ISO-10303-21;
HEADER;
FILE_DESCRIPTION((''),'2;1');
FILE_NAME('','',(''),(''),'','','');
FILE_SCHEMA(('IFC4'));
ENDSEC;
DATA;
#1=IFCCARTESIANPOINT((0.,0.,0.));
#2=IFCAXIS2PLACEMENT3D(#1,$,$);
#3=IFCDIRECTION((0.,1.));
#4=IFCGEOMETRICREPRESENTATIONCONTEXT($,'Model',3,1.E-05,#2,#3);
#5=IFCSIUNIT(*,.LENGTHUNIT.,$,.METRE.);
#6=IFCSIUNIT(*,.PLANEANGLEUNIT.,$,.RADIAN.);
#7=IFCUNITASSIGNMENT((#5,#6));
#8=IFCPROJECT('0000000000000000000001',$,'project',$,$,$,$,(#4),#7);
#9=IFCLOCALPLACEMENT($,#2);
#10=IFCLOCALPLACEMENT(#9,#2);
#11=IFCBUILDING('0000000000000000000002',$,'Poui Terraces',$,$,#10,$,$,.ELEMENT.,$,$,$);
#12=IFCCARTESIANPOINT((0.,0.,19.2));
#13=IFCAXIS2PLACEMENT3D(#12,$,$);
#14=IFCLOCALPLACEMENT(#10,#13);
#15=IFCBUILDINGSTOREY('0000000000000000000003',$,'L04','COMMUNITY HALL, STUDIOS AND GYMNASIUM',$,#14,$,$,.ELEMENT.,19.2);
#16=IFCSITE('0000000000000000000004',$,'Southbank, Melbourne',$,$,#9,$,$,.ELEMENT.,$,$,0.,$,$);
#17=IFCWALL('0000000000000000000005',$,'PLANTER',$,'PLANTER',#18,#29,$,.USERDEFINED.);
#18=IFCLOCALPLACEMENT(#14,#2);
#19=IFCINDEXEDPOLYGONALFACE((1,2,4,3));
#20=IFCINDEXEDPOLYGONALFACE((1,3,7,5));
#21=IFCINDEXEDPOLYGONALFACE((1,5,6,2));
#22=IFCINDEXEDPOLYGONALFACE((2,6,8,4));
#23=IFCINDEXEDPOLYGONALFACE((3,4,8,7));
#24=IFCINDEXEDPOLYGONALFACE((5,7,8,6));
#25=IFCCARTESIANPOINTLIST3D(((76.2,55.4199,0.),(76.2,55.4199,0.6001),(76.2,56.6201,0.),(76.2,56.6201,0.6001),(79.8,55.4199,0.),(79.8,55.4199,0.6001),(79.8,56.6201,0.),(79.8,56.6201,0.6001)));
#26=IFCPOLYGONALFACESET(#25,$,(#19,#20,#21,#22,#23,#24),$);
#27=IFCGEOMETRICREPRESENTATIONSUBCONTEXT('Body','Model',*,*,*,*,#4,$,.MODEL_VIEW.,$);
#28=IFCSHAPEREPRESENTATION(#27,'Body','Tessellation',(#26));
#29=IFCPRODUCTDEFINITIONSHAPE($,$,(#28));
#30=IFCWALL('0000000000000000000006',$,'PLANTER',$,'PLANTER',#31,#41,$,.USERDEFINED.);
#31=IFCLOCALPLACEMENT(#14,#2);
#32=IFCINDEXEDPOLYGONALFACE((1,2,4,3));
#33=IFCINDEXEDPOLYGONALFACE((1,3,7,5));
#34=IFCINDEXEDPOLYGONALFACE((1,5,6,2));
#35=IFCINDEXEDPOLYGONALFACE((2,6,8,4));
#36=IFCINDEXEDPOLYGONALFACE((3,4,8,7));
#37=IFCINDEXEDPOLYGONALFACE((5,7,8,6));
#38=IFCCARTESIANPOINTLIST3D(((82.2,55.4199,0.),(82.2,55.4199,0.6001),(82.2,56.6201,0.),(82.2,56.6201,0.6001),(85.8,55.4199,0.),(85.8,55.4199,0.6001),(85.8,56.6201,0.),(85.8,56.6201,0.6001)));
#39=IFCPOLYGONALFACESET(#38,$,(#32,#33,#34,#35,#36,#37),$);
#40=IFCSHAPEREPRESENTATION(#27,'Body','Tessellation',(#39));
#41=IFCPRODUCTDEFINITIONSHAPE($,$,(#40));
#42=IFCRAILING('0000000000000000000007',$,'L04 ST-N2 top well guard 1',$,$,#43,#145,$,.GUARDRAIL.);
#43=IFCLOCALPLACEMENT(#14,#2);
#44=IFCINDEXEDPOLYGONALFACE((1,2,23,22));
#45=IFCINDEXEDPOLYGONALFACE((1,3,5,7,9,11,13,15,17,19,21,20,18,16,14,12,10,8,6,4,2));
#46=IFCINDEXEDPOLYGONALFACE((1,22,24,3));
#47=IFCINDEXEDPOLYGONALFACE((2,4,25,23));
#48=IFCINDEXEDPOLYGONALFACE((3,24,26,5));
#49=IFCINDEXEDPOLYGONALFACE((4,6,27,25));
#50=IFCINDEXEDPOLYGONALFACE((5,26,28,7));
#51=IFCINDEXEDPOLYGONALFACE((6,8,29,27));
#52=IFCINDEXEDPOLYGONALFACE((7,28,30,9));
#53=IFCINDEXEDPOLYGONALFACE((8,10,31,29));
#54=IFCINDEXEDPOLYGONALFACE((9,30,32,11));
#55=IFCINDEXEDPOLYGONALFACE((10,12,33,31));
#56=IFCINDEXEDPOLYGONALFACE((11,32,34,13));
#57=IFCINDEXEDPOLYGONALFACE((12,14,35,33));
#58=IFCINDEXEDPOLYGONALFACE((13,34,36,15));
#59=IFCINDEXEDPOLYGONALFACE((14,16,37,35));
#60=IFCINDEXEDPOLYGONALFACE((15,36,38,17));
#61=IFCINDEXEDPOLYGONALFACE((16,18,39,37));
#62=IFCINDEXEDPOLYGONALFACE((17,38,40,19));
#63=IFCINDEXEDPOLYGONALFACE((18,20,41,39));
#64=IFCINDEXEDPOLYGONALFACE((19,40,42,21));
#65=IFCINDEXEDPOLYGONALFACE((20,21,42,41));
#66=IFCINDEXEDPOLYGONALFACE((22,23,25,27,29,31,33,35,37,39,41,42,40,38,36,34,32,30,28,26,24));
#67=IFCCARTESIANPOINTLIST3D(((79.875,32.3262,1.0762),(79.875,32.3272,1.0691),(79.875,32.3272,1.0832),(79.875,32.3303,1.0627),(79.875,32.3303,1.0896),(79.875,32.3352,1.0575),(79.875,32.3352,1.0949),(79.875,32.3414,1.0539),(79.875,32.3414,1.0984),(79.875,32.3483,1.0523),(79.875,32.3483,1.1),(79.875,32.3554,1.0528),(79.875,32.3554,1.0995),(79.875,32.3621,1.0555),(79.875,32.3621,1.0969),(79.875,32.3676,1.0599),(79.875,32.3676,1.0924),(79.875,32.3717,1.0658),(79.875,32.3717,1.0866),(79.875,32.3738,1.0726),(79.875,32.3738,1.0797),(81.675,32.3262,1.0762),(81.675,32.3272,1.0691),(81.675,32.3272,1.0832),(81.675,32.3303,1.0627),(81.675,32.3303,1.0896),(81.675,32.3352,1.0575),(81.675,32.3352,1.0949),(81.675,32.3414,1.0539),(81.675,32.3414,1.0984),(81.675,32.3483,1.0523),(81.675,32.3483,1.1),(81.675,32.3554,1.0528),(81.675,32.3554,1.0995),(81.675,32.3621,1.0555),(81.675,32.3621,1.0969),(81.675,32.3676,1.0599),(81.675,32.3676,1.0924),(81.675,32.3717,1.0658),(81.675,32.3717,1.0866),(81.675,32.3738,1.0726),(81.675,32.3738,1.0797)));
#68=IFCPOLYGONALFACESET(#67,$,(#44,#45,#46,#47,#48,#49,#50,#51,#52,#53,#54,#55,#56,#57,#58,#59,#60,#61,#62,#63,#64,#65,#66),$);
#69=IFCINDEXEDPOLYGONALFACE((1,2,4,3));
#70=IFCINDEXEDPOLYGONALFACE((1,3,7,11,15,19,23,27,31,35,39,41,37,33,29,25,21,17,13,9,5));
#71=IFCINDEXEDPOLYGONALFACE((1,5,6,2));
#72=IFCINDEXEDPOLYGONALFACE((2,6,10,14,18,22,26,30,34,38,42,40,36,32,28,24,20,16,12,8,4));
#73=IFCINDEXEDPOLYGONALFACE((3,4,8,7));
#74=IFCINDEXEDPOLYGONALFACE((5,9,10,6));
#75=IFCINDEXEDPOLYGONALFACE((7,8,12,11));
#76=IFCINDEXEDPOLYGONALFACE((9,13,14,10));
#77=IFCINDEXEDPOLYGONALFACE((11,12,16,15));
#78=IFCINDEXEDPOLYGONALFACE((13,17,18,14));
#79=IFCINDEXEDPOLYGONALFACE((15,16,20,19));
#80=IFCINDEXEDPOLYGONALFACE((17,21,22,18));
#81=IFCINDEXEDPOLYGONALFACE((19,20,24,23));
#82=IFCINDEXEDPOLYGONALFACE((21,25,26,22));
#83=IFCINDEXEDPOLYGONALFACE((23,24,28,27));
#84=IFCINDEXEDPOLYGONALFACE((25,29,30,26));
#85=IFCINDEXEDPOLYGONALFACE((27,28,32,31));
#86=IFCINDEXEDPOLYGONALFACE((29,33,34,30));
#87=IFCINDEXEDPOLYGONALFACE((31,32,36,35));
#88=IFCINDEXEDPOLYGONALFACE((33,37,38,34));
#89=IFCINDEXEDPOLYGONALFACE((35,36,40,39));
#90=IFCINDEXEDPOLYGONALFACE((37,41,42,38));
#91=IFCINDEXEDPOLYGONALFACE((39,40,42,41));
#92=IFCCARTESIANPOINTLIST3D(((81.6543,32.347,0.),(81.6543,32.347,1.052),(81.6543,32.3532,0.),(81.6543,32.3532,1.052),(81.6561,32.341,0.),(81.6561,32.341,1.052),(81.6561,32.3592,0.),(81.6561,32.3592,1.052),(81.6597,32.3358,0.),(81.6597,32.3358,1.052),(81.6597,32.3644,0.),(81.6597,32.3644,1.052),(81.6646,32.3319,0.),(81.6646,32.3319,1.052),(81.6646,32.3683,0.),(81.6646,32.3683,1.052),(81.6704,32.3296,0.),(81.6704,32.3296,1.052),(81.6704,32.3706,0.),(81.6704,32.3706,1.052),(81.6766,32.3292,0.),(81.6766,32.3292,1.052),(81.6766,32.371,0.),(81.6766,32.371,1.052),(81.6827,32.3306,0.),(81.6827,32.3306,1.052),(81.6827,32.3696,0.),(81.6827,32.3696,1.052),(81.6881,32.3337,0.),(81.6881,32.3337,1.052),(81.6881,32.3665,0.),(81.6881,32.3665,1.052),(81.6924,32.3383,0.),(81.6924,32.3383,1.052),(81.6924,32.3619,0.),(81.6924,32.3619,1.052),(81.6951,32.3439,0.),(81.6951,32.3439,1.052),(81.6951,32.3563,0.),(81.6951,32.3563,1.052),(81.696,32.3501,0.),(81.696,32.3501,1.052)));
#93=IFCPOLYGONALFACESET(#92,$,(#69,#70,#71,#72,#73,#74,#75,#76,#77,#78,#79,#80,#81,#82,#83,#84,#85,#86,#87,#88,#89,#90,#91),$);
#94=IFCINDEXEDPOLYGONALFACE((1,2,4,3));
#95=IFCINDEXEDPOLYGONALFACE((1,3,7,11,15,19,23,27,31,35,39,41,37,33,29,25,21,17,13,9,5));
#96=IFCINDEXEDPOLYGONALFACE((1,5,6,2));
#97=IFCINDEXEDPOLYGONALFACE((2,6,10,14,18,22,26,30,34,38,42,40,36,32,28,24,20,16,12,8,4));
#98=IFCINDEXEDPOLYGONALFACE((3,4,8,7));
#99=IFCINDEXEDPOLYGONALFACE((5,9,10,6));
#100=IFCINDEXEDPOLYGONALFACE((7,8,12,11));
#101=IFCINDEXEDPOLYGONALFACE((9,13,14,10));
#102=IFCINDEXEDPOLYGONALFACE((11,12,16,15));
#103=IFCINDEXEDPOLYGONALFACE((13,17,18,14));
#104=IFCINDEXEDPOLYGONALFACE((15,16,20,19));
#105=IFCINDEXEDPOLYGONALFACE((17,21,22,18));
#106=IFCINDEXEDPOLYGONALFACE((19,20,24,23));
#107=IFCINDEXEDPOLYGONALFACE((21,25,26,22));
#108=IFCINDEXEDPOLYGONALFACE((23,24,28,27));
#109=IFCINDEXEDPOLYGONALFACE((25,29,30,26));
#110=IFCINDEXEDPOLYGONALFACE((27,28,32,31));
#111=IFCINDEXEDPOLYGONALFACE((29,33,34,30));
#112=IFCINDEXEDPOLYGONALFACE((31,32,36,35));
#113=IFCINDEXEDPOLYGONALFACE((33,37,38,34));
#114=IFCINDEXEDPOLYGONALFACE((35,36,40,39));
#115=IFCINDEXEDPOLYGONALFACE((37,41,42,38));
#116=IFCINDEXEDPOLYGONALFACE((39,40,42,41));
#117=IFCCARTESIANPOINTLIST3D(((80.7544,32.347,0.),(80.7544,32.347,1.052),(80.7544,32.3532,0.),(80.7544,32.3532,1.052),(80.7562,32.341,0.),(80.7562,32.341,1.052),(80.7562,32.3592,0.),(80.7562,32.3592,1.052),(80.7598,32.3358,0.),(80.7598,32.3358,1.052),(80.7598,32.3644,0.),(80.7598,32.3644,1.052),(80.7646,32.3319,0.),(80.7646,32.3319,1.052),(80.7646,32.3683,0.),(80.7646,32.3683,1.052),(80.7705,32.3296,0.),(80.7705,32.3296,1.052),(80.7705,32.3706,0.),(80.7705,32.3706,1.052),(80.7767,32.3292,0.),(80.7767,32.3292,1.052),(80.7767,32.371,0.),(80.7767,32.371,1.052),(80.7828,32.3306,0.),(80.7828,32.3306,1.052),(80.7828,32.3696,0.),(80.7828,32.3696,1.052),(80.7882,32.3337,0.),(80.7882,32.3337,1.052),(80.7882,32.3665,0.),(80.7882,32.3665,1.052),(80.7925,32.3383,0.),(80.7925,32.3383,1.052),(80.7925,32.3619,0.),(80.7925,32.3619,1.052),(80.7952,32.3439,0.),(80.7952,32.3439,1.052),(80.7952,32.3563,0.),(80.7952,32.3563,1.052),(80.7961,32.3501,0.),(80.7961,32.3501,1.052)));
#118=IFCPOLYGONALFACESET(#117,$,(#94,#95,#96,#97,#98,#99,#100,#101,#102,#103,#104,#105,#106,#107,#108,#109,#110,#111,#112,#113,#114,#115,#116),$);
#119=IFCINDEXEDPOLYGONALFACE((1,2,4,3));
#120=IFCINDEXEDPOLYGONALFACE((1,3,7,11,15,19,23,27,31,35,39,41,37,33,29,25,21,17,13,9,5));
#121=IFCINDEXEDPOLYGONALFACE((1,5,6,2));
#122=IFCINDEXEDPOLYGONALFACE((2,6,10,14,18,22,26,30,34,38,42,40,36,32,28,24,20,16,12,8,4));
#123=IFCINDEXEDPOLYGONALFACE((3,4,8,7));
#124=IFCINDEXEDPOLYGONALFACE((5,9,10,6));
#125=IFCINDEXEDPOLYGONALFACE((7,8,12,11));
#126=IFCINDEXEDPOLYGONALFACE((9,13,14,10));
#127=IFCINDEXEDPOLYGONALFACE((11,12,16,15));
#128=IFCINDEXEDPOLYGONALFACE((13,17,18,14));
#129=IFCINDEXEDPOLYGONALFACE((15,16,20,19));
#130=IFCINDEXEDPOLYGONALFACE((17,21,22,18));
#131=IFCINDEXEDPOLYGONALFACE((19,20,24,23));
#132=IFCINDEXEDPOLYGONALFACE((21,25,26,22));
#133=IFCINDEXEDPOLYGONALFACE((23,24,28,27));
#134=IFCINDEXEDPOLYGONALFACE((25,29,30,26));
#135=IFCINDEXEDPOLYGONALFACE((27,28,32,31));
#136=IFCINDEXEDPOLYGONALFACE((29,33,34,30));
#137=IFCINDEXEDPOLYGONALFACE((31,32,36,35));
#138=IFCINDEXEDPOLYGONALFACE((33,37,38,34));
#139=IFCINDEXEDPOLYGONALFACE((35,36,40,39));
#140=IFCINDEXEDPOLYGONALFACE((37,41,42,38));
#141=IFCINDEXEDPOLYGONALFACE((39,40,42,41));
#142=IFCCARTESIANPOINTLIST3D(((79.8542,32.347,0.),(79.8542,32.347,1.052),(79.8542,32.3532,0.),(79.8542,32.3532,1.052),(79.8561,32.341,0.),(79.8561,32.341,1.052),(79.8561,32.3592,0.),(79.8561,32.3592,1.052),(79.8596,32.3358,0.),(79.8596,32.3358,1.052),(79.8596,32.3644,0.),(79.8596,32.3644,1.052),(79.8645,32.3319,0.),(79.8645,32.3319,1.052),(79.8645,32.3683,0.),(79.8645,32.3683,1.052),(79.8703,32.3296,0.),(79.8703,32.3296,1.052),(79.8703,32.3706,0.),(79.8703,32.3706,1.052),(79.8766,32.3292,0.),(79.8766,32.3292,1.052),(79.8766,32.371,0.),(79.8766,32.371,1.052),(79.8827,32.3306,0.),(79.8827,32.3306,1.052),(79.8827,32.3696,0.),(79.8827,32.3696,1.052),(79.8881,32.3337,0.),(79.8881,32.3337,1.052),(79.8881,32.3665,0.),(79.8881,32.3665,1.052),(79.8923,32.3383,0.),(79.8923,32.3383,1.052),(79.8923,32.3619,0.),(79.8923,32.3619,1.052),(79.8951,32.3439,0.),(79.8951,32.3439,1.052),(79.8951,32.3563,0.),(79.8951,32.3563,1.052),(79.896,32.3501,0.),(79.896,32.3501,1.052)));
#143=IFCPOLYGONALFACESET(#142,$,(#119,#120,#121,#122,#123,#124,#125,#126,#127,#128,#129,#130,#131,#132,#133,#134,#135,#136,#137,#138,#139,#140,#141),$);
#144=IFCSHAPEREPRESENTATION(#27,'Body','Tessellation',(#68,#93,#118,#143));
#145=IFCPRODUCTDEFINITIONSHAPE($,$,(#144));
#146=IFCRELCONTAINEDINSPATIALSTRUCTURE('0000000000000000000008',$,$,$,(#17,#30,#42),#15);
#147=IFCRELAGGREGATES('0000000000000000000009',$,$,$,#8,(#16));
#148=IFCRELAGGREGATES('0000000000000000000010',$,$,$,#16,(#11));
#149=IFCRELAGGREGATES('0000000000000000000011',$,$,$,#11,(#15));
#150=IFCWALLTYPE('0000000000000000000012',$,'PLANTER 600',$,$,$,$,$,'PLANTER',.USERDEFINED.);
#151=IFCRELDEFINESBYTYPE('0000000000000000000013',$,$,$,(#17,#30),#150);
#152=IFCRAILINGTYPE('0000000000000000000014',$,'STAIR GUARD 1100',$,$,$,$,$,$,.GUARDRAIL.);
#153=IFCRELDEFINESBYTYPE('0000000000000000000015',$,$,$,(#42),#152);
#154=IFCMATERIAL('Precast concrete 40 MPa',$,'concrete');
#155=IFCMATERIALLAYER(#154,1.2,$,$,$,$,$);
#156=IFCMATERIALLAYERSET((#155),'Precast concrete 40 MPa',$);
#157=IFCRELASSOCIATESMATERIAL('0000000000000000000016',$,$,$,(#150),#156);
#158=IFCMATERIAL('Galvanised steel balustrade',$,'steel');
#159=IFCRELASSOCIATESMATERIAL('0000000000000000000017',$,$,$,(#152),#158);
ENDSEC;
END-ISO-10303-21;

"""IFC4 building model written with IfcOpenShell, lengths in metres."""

from ifc_helpers import new_model, si_unit, direction, frame, origin, origin_2d, place, context, subcontext, project, spatial, polyline, circle, outline, extrude, source, transform, mapped, material, layer, layer_set, type_object, element, save


model = new_model("IFC4")

# Units and contexts
model_context = context("Model", 3, precision=1e-05, world=origin(), true_north=direction((0.0, 1.0)))
body_context = subcontext(model_context, "Body", "Model", "MODEL_VIEW")
ifc_project = project(units=[si_unit("LENGTHUNIT", "METRE"), si_unit("PLANEANGLEUNIT", "RADIAN")], contexts=[model_context])

# Site, building, storey
site_placement = place(None, origin())
site = spatial("IfcSite", under=ifc_project, at=site_placement, Name="Southbank, Melbourne", CompositionType="ELEMENT", RefElevation=0.0)
building_placement = place(site_placement, origin())
building = spatial("IfcBuilding", under=site, at=building_placement, Name="Poui Terraces", CompositionType="ELEMENT")
storey_placement = place(building_placement, frame((0.0, 0.0, 19.2)))
storey = spatial("IfcBuildingStorey", under=building, at=storey_placement, Name="L04", Description="COMMUNITY HALL, STUDIOS AND GYMNASIUM", CompositionType="ELEMENT", Elevation=19.2)

# Walls
ifc_material_1 = material(Name="Precast concrete 40 MPa", Category="concrete")
ifc_layer_1 = layer(ifc_material_1, 1.2)
ifc_layer_set_1 = layer_set([ifc_layer_1], Name="Precast concrete 40 MPa")
wall_type_1 = type_object("IfcWallType", Name="PLANTER 600", ElementType="PLANTER", PredefinedType="USERDEFINED", material=ifc_layer_set_1)
shared_shape_1 = source(origin(), body_context, "Body", "SweptSolid", [
    extrude(outline(polyline([(0.0, 0.0), (3.6001, 0.0), (3.6001, 1.2002), (0.0, 1.2002), (0.0, 0.0)])), origin(), (0.0, 0.0, 1.0), 0.6001),
])
for number, where, name in (
    (1, (76.2, 55.4199, 0.0), "PLANTER"),
    (2, (82.2, 55.4199, 0.0), "PLANTER"),
):
    element("IfcWall", number, at=place(storey_placement, frame(where)), inside=storey, type_object=wall_type_1, Name=name, ObjectType="PLANTER", PredefinedType="USERDEFINED", context=body_context, shape_type="MappedRepresentation", body=[
        mapped(shared_shape_1, transform((0.0, 0.0, 0.0))),
    ])

# Railing
ifc_material_2 = material(Name="Galvanised steel balustrade", Category="steel")
railing_type = type_object("IfcRailingType", Name="STAIR GUARD 1100", PredefinedType="GUARDRAIL", material=ifc_material_2)
railing_placement = place(storey_placement, frame((81.675, 32.3501, 0.0)))
element("IfcRailing", 3, at=railing_placement, inside=storey, type_object=railing_type, Name="L04 ST-N2 top well guard 1", PredefinedType="GUARDRAIL", context=body_context, shape_type="SweptSolid", body=[
    extrude(circle(Radius=0.0239, at=origin_2d()), frame((0.0, 0.0, 1.0762), z_axis=(-1.0, 0.0, 0.0), x_axis=(0.0, -1.0, 0.0)), (0.0, 0.0, 1.0), 1.8),
    extrude(circle(Radius=0.021, at=origin_2d()), origin(), (0.0, 0.0, 1.0), 1.052),
    extrude(circle(Radius=0.021, at=origin_2d()), frame((-0.8999, 0.0, 0.0)), (0.0, 0.0, 1.0), 1.052),
    extrude(circle(Radius=0.021, at=origin_2d()), frame((-1.8, 0.0, 0.0)), (0.0, 0.0, 1.0), 1.052),
])

save(model, "model.ifc")
